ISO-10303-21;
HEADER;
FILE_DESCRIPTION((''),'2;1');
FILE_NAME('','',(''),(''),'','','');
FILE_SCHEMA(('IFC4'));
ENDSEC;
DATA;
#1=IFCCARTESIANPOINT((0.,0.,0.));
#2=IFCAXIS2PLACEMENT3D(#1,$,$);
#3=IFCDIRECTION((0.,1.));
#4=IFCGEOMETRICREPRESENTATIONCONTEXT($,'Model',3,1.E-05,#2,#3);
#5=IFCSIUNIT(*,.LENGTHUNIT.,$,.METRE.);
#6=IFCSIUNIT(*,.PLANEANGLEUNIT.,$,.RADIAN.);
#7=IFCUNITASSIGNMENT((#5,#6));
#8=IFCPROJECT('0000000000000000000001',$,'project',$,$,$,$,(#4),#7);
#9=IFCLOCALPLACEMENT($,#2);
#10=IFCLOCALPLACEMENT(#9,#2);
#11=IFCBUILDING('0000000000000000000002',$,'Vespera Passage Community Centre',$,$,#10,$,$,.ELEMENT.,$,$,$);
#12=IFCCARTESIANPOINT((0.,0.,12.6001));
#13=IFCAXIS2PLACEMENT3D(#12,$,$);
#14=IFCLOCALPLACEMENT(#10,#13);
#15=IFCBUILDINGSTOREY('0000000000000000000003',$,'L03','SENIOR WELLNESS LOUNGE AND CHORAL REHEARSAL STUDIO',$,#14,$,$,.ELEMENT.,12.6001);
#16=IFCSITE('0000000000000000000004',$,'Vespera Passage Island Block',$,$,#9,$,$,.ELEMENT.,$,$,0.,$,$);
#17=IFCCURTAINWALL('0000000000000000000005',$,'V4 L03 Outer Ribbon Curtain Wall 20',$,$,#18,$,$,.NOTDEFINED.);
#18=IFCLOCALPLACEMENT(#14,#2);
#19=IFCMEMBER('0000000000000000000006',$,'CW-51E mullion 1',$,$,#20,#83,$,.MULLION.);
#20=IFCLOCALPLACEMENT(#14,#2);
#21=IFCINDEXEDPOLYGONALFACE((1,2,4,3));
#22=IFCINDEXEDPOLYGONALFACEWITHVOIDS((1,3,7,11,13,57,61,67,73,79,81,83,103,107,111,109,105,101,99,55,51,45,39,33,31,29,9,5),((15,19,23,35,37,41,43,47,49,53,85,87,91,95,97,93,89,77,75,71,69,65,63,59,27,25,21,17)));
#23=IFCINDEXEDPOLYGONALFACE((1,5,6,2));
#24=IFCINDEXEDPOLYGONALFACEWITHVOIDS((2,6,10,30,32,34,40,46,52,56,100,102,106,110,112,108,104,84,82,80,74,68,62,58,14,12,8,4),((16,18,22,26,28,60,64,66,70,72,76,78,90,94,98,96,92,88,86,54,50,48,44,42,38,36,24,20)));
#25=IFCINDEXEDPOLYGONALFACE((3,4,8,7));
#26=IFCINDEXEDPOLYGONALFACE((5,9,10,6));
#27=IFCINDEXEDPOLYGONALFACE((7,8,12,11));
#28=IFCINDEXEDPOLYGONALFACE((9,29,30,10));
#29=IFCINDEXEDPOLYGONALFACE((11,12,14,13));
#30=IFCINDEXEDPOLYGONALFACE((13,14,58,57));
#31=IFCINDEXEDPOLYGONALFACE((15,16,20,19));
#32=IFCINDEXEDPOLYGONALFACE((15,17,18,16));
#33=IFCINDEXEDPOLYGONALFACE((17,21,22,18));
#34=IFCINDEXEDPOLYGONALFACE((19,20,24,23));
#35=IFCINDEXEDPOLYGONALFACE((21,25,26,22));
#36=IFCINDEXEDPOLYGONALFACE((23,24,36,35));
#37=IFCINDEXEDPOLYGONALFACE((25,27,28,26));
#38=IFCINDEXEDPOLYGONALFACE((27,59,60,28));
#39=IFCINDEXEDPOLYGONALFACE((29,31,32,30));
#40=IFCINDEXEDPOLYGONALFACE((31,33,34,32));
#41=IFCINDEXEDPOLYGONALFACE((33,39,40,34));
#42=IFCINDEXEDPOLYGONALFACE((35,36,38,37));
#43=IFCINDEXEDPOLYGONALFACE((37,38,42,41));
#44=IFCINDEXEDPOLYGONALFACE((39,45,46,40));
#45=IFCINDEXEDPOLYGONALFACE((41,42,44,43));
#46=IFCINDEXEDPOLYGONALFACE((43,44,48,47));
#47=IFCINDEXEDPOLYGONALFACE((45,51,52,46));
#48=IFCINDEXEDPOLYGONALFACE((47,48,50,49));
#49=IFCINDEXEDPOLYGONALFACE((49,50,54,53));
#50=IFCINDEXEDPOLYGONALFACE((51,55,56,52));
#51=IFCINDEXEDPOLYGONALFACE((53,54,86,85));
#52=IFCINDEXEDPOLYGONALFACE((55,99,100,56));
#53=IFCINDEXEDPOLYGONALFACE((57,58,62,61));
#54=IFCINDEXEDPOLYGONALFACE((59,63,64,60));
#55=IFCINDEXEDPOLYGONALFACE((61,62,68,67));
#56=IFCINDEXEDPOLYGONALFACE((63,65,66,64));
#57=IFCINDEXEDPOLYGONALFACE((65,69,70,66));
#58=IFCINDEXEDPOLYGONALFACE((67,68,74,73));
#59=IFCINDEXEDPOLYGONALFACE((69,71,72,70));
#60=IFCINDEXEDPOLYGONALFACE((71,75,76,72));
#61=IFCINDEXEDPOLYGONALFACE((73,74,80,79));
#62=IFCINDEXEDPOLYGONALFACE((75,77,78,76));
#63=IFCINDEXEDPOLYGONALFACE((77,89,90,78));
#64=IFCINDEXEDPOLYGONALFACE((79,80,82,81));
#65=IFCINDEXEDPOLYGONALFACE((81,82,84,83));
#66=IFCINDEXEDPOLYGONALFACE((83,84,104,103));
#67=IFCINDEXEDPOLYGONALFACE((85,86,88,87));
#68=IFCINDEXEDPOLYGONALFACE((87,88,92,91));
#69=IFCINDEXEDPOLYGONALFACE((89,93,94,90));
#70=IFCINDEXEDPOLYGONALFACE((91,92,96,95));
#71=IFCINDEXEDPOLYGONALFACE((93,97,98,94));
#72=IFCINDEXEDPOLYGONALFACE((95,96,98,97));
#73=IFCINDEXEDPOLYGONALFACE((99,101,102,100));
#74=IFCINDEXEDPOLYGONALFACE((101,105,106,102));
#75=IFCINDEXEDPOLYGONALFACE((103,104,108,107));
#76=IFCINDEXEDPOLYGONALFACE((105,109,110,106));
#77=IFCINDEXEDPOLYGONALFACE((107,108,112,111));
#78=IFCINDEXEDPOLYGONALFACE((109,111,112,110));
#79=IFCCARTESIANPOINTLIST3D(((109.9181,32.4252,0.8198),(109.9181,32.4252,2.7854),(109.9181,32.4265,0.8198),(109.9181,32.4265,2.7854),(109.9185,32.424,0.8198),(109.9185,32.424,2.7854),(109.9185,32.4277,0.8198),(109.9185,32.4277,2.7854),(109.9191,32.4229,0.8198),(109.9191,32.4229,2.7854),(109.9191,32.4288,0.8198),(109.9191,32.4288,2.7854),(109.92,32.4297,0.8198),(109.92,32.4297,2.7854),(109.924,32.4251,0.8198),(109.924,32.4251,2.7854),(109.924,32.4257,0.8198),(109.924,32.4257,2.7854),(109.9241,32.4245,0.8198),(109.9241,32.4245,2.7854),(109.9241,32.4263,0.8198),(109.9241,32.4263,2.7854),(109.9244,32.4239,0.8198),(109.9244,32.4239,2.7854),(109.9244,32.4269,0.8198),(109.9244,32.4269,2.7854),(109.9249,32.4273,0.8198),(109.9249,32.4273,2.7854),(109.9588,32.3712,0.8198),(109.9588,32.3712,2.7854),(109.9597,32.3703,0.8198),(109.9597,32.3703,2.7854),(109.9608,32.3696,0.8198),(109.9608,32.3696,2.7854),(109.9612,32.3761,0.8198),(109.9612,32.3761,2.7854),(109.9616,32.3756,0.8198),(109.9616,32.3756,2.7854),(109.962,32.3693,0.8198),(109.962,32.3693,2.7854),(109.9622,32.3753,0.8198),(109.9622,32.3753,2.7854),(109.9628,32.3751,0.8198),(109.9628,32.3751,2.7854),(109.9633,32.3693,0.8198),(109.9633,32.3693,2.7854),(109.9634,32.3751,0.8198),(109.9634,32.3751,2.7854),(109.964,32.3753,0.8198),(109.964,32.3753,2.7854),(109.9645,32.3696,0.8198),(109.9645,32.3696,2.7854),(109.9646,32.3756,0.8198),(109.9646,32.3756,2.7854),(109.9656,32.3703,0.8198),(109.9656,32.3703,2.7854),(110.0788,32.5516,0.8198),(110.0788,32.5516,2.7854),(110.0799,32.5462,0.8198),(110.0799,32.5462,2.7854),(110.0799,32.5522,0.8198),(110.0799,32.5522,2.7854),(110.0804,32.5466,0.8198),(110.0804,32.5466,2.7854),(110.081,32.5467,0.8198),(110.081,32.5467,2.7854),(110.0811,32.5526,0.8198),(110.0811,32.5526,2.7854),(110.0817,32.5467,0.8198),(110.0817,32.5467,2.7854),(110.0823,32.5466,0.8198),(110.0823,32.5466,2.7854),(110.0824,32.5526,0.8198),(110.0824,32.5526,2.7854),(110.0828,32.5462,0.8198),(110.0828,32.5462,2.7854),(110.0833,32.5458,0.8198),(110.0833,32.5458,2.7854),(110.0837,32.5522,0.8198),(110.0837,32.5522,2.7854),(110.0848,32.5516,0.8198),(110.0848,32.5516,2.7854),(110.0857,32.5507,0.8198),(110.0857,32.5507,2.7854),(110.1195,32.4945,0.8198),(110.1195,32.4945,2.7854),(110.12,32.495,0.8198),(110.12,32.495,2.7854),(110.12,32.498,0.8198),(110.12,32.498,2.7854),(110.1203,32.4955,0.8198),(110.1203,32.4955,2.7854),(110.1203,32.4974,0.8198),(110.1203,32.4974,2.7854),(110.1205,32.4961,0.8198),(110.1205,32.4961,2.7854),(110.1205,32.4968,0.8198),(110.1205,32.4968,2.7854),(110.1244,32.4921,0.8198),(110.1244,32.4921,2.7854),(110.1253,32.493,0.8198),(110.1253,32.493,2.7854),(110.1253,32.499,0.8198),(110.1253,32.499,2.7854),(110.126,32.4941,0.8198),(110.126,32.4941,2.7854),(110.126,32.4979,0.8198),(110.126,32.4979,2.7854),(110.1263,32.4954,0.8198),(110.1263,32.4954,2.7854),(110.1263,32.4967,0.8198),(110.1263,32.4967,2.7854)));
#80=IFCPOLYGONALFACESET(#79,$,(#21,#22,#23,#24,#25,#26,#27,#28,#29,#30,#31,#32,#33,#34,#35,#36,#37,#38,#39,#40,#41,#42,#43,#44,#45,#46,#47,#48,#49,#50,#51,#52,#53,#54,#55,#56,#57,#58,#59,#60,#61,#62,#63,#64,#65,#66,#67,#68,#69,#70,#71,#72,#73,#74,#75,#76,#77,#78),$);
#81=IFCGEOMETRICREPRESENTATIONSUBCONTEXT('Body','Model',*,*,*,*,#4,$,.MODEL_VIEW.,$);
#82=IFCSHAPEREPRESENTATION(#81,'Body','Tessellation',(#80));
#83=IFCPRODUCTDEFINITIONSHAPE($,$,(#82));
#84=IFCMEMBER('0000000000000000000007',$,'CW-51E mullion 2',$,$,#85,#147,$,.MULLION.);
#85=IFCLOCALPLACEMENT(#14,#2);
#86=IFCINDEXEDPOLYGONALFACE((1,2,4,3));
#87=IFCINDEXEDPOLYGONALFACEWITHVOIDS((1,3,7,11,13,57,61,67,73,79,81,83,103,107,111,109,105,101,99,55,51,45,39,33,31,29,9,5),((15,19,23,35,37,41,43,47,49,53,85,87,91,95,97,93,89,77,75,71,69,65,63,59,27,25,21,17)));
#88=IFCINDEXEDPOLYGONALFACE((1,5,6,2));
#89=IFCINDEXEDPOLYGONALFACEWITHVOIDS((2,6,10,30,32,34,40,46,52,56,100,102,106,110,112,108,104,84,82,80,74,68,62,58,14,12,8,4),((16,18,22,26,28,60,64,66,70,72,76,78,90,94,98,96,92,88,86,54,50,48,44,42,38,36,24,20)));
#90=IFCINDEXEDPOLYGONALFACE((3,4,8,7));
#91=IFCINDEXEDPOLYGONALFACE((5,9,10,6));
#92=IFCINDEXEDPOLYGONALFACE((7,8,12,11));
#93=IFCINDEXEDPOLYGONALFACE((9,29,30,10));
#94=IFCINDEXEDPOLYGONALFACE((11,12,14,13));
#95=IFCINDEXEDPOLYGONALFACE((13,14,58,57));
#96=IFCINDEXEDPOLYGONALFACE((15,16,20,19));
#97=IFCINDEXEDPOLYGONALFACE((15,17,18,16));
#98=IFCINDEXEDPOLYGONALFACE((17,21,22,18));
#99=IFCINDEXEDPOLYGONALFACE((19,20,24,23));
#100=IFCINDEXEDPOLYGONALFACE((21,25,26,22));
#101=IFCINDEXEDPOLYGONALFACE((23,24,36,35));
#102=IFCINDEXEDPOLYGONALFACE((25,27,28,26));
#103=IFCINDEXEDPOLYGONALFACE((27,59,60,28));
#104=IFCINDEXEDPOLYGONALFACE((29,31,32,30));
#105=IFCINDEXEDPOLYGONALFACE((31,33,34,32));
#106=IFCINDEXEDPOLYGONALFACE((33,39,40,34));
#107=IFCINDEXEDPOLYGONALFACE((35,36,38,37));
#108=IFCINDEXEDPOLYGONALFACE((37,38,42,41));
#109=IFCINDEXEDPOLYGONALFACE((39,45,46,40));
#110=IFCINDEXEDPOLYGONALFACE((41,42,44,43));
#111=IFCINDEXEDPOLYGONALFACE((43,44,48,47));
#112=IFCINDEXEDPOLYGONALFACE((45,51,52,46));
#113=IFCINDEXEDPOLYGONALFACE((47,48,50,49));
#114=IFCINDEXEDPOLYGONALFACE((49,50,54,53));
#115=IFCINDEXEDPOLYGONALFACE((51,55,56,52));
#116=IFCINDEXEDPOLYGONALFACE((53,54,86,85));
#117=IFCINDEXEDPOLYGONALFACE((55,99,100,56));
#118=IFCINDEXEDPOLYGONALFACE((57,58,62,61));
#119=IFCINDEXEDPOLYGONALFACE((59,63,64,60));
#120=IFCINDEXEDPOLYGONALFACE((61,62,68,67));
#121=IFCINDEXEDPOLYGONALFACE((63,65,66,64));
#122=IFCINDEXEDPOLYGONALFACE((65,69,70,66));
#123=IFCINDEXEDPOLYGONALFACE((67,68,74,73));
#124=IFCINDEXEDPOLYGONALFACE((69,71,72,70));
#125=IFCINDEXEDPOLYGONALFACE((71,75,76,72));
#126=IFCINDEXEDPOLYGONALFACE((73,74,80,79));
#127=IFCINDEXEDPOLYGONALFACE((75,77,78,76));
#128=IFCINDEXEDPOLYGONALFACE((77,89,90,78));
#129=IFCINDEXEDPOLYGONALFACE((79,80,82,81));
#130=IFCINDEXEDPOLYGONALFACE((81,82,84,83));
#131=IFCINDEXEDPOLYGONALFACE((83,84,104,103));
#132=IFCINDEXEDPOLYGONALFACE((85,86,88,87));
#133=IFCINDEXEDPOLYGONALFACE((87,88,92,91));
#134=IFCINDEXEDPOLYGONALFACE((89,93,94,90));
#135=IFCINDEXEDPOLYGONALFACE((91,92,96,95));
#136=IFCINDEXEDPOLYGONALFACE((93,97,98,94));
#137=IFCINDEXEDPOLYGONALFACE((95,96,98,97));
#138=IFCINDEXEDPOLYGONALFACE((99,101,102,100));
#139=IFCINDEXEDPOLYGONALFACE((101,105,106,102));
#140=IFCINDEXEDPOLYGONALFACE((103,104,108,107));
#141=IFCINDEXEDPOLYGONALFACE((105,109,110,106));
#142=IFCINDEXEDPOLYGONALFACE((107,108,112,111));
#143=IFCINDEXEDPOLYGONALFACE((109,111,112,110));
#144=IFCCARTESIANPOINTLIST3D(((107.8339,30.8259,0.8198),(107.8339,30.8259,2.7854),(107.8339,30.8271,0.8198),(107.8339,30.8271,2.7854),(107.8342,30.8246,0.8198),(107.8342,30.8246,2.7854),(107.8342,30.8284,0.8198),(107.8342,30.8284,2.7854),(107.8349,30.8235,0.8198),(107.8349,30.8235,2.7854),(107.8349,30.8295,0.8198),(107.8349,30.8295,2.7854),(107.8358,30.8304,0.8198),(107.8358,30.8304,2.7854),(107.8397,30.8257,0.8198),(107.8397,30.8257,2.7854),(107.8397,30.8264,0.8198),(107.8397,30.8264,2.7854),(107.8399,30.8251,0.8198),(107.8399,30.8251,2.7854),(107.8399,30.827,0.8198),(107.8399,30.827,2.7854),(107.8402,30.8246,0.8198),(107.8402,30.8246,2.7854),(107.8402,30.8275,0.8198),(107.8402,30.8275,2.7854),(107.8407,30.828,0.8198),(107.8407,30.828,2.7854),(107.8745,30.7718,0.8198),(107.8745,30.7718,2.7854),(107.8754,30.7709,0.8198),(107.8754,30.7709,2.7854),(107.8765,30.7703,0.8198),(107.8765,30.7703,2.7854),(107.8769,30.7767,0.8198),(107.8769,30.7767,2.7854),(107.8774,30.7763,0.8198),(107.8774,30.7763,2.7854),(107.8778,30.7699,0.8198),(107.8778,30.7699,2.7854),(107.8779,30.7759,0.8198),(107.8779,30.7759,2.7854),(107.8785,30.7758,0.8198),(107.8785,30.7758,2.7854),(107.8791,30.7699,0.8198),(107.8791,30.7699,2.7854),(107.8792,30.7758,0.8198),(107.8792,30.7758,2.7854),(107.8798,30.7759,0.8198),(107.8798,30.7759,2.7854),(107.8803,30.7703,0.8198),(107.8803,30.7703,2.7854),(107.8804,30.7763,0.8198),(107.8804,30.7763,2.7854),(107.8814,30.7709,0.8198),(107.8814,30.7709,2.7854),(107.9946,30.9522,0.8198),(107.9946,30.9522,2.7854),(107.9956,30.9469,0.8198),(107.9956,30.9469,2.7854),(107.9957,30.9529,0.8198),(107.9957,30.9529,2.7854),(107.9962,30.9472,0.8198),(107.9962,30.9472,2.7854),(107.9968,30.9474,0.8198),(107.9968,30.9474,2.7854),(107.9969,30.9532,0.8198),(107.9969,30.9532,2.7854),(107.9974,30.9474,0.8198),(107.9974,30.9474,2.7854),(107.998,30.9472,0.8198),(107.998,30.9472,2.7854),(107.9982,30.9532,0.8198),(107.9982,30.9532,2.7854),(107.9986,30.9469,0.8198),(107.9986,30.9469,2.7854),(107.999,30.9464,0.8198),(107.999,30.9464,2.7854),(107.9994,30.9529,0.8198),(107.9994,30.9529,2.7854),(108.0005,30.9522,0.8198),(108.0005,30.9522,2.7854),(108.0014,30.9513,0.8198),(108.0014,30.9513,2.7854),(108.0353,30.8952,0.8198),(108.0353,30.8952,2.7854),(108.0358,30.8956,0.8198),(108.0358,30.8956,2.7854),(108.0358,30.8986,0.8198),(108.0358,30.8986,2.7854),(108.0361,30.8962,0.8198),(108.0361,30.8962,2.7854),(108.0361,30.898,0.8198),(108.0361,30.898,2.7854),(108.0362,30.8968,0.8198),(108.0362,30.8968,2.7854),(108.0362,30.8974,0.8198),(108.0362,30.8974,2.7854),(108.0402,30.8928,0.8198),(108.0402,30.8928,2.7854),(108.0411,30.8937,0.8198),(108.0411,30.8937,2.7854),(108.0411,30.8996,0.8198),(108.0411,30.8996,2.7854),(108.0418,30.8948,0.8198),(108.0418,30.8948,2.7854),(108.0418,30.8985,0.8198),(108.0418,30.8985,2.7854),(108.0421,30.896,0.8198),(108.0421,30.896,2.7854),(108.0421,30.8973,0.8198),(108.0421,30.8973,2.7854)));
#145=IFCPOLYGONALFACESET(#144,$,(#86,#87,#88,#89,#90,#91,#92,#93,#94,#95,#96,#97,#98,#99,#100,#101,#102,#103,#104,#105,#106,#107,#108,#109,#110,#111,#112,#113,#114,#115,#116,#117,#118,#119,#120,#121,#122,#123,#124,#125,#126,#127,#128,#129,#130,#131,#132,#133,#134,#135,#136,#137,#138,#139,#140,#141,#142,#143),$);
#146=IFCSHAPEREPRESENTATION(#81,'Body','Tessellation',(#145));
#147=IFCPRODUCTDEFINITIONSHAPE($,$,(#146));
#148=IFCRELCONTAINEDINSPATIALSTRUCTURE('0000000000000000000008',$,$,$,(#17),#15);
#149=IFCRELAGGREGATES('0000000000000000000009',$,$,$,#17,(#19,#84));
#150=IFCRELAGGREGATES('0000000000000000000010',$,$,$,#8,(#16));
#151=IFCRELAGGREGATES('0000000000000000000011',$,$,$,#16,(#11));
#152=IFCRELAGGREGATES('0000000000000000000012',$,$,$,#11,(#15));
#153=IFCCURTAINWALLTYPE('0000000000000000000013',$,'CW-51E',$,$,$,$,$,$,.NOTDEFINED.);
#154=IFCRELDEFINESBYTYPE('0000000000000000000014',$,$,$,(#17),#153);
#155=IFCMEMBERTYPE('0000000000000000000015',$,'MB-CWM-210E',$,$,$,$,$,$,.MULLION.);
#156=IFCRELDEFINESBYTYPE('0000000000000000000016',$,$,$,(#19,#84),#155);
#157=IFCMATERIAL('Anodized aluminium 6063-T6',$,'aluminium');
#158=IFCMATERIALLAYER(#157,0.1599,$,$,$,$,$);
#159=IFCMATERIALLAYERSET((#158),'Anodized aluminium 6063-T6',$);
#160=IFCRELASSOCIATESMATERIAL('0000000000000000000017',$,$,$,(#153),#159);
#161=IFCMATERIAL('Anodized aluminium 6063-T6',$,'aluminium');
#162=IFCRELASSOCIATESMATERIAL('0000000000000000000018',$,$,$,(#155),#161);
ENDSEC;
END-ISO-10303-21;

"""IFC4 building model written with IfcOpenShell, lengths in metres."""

from ifc_helpers import new_model, si_unit, direction, frame, origin, origin_2d, place, context, subcontext, project, spatial, hollow_rectangle, extrude, material, layer, layer_set, material_profile, profile_set, type_object, element, aggregate, save


model = new_model("IFC4")

# Units and contexts
model_context = context("Model", 3, precision=1e-05, world=origin(), true_north=direction((0.0, 1.0)))
body_context = subcontext(model_context, "Body", "Model", "MODEL_VIEW")
ifc_project = project(units=[si_unit("LENGTHUNIT", "METRE"), si_unit("PLANEANGLEUNIT", "RADIAN")], contexts=[model_context])

# Site, building, storey
site_placement = place(None, origin())
site = spatial("IfcSite", under=ifc_project, at=site_placement, Name="Vespera Passage Island Block", CompositionType="ELEMENT", RefElevation=0.0)
building_placement = place(site_placement, origin())
building = spatial("IfcBuilding", under=site, at=building_placement, Name="Vespera Passage Community Centre", CompositionType="ELEMENT")
storey_placement = place(building_placement, frame((0.0, 0.0, 12.6001)))
storey = spatial("IfcBuildingStorey", under=building, at=storey_placement, Name="L03", Description="SENIOR WELLNESS LOUNGE AND CHORAL REHEARSAL STUDIO", CompositionType="ELEMENT", Elevation=12.6001)

# Curtain wall, members
ifc_material_1 = material(Name="Anodized aluminium 6063-T6", Category="aluminium")
ifc_layer_1 = layer(ifc_material_1, 0.1599)
ifc_layer_set_1 = layer_set([ifc_layer_1], Name="Anodized aluminium 6063-T6")
curtain_wall_type = type_object("IfcCurtainWallType", Name="CW-51E", PredefinedType="NOTDEFINED", material=ifc_layer_set_1)
curtain_wall_placement = place(storey_placement, origin())
curtain_wall = element("IfcCurtainWall", 1, at=curtain_wall_placement, inside=storey, type_object=curtain_wall_type, Name="V4 L03 Outer Ribbon Curtain Wall 20", PredefinedType="NOTDEFINED")
ifc_material_2 = material(Name="Anodized aluminium 6063-T6", Category="aluminium")
ifc_material_profile_1 = material_profile(ifc_material_2, hollow_rectangle(XDim=0.075, YDim=0.21, WallThickness=0.0049, InnerFilletRadius=0.0024, OuterFilletRadius=0.0049, at=origin_2d()), Name="ALU210X75X5")
ifc_profile_set_1 = profile_set([ifc_material_profile_1], Name="Anodized aluminium 6063-T6")
member_type_1 = type_object("IfcMemberType", Name="MB-CWM-210E", PredefinedType="MULLION", material=ifc_profile_set_1)
member_1_placement = place(storey_placement, frame((110.0222, 32.4609, 0.8198), z_axis=(0.0, 0.0, 1.0), x_axis=(0.608772, -0.793345, 0.0)))
member_1 = element("IfcMember", 2, at=member_1_placement, type_object=member_type_1, Name="CW-51E mullion 1", PredefinedType="MULLION", context=body_context, shape_type="SweptSolid", body=[
    extrude(hollow_rectangle(XDim=0.075, YDim=0.21, WallThickness=0.0049, InnerFilletRadius=0.0024, OuterFilletRadius=0.0049, at=origin_2d()), origin(), (0.0, 0.0, 1.0), 1.9656),
])
member_2_placement = place(storey_placement, frame((107.938, 30.8616, 0.8198), z_axis=(0.0, 0.0, 1.0), x_axis=(0.608772, -0.793345, 0.0)))
member_2 = element("IfcMember", 3, at=member_2_placement, type_object=member_type_1, Name="CW-51E mullion 2", PredefinedType="MULLION", context=body_context, shape_type="SweptSolid", body=[
    extrude(hollow_rectangle(XDim=0.075, YDim=0.21, WallThickness=0.0049, InnerFilletRadius=0.0024, OuterFilletRadius=0.0049, at=origin_2d()), origin(), (0.0, 0.0, 1.0), 1.9656),
])
aggregate(curtain_wall, [member_1, member_2])

save(model, "model.ifc")
